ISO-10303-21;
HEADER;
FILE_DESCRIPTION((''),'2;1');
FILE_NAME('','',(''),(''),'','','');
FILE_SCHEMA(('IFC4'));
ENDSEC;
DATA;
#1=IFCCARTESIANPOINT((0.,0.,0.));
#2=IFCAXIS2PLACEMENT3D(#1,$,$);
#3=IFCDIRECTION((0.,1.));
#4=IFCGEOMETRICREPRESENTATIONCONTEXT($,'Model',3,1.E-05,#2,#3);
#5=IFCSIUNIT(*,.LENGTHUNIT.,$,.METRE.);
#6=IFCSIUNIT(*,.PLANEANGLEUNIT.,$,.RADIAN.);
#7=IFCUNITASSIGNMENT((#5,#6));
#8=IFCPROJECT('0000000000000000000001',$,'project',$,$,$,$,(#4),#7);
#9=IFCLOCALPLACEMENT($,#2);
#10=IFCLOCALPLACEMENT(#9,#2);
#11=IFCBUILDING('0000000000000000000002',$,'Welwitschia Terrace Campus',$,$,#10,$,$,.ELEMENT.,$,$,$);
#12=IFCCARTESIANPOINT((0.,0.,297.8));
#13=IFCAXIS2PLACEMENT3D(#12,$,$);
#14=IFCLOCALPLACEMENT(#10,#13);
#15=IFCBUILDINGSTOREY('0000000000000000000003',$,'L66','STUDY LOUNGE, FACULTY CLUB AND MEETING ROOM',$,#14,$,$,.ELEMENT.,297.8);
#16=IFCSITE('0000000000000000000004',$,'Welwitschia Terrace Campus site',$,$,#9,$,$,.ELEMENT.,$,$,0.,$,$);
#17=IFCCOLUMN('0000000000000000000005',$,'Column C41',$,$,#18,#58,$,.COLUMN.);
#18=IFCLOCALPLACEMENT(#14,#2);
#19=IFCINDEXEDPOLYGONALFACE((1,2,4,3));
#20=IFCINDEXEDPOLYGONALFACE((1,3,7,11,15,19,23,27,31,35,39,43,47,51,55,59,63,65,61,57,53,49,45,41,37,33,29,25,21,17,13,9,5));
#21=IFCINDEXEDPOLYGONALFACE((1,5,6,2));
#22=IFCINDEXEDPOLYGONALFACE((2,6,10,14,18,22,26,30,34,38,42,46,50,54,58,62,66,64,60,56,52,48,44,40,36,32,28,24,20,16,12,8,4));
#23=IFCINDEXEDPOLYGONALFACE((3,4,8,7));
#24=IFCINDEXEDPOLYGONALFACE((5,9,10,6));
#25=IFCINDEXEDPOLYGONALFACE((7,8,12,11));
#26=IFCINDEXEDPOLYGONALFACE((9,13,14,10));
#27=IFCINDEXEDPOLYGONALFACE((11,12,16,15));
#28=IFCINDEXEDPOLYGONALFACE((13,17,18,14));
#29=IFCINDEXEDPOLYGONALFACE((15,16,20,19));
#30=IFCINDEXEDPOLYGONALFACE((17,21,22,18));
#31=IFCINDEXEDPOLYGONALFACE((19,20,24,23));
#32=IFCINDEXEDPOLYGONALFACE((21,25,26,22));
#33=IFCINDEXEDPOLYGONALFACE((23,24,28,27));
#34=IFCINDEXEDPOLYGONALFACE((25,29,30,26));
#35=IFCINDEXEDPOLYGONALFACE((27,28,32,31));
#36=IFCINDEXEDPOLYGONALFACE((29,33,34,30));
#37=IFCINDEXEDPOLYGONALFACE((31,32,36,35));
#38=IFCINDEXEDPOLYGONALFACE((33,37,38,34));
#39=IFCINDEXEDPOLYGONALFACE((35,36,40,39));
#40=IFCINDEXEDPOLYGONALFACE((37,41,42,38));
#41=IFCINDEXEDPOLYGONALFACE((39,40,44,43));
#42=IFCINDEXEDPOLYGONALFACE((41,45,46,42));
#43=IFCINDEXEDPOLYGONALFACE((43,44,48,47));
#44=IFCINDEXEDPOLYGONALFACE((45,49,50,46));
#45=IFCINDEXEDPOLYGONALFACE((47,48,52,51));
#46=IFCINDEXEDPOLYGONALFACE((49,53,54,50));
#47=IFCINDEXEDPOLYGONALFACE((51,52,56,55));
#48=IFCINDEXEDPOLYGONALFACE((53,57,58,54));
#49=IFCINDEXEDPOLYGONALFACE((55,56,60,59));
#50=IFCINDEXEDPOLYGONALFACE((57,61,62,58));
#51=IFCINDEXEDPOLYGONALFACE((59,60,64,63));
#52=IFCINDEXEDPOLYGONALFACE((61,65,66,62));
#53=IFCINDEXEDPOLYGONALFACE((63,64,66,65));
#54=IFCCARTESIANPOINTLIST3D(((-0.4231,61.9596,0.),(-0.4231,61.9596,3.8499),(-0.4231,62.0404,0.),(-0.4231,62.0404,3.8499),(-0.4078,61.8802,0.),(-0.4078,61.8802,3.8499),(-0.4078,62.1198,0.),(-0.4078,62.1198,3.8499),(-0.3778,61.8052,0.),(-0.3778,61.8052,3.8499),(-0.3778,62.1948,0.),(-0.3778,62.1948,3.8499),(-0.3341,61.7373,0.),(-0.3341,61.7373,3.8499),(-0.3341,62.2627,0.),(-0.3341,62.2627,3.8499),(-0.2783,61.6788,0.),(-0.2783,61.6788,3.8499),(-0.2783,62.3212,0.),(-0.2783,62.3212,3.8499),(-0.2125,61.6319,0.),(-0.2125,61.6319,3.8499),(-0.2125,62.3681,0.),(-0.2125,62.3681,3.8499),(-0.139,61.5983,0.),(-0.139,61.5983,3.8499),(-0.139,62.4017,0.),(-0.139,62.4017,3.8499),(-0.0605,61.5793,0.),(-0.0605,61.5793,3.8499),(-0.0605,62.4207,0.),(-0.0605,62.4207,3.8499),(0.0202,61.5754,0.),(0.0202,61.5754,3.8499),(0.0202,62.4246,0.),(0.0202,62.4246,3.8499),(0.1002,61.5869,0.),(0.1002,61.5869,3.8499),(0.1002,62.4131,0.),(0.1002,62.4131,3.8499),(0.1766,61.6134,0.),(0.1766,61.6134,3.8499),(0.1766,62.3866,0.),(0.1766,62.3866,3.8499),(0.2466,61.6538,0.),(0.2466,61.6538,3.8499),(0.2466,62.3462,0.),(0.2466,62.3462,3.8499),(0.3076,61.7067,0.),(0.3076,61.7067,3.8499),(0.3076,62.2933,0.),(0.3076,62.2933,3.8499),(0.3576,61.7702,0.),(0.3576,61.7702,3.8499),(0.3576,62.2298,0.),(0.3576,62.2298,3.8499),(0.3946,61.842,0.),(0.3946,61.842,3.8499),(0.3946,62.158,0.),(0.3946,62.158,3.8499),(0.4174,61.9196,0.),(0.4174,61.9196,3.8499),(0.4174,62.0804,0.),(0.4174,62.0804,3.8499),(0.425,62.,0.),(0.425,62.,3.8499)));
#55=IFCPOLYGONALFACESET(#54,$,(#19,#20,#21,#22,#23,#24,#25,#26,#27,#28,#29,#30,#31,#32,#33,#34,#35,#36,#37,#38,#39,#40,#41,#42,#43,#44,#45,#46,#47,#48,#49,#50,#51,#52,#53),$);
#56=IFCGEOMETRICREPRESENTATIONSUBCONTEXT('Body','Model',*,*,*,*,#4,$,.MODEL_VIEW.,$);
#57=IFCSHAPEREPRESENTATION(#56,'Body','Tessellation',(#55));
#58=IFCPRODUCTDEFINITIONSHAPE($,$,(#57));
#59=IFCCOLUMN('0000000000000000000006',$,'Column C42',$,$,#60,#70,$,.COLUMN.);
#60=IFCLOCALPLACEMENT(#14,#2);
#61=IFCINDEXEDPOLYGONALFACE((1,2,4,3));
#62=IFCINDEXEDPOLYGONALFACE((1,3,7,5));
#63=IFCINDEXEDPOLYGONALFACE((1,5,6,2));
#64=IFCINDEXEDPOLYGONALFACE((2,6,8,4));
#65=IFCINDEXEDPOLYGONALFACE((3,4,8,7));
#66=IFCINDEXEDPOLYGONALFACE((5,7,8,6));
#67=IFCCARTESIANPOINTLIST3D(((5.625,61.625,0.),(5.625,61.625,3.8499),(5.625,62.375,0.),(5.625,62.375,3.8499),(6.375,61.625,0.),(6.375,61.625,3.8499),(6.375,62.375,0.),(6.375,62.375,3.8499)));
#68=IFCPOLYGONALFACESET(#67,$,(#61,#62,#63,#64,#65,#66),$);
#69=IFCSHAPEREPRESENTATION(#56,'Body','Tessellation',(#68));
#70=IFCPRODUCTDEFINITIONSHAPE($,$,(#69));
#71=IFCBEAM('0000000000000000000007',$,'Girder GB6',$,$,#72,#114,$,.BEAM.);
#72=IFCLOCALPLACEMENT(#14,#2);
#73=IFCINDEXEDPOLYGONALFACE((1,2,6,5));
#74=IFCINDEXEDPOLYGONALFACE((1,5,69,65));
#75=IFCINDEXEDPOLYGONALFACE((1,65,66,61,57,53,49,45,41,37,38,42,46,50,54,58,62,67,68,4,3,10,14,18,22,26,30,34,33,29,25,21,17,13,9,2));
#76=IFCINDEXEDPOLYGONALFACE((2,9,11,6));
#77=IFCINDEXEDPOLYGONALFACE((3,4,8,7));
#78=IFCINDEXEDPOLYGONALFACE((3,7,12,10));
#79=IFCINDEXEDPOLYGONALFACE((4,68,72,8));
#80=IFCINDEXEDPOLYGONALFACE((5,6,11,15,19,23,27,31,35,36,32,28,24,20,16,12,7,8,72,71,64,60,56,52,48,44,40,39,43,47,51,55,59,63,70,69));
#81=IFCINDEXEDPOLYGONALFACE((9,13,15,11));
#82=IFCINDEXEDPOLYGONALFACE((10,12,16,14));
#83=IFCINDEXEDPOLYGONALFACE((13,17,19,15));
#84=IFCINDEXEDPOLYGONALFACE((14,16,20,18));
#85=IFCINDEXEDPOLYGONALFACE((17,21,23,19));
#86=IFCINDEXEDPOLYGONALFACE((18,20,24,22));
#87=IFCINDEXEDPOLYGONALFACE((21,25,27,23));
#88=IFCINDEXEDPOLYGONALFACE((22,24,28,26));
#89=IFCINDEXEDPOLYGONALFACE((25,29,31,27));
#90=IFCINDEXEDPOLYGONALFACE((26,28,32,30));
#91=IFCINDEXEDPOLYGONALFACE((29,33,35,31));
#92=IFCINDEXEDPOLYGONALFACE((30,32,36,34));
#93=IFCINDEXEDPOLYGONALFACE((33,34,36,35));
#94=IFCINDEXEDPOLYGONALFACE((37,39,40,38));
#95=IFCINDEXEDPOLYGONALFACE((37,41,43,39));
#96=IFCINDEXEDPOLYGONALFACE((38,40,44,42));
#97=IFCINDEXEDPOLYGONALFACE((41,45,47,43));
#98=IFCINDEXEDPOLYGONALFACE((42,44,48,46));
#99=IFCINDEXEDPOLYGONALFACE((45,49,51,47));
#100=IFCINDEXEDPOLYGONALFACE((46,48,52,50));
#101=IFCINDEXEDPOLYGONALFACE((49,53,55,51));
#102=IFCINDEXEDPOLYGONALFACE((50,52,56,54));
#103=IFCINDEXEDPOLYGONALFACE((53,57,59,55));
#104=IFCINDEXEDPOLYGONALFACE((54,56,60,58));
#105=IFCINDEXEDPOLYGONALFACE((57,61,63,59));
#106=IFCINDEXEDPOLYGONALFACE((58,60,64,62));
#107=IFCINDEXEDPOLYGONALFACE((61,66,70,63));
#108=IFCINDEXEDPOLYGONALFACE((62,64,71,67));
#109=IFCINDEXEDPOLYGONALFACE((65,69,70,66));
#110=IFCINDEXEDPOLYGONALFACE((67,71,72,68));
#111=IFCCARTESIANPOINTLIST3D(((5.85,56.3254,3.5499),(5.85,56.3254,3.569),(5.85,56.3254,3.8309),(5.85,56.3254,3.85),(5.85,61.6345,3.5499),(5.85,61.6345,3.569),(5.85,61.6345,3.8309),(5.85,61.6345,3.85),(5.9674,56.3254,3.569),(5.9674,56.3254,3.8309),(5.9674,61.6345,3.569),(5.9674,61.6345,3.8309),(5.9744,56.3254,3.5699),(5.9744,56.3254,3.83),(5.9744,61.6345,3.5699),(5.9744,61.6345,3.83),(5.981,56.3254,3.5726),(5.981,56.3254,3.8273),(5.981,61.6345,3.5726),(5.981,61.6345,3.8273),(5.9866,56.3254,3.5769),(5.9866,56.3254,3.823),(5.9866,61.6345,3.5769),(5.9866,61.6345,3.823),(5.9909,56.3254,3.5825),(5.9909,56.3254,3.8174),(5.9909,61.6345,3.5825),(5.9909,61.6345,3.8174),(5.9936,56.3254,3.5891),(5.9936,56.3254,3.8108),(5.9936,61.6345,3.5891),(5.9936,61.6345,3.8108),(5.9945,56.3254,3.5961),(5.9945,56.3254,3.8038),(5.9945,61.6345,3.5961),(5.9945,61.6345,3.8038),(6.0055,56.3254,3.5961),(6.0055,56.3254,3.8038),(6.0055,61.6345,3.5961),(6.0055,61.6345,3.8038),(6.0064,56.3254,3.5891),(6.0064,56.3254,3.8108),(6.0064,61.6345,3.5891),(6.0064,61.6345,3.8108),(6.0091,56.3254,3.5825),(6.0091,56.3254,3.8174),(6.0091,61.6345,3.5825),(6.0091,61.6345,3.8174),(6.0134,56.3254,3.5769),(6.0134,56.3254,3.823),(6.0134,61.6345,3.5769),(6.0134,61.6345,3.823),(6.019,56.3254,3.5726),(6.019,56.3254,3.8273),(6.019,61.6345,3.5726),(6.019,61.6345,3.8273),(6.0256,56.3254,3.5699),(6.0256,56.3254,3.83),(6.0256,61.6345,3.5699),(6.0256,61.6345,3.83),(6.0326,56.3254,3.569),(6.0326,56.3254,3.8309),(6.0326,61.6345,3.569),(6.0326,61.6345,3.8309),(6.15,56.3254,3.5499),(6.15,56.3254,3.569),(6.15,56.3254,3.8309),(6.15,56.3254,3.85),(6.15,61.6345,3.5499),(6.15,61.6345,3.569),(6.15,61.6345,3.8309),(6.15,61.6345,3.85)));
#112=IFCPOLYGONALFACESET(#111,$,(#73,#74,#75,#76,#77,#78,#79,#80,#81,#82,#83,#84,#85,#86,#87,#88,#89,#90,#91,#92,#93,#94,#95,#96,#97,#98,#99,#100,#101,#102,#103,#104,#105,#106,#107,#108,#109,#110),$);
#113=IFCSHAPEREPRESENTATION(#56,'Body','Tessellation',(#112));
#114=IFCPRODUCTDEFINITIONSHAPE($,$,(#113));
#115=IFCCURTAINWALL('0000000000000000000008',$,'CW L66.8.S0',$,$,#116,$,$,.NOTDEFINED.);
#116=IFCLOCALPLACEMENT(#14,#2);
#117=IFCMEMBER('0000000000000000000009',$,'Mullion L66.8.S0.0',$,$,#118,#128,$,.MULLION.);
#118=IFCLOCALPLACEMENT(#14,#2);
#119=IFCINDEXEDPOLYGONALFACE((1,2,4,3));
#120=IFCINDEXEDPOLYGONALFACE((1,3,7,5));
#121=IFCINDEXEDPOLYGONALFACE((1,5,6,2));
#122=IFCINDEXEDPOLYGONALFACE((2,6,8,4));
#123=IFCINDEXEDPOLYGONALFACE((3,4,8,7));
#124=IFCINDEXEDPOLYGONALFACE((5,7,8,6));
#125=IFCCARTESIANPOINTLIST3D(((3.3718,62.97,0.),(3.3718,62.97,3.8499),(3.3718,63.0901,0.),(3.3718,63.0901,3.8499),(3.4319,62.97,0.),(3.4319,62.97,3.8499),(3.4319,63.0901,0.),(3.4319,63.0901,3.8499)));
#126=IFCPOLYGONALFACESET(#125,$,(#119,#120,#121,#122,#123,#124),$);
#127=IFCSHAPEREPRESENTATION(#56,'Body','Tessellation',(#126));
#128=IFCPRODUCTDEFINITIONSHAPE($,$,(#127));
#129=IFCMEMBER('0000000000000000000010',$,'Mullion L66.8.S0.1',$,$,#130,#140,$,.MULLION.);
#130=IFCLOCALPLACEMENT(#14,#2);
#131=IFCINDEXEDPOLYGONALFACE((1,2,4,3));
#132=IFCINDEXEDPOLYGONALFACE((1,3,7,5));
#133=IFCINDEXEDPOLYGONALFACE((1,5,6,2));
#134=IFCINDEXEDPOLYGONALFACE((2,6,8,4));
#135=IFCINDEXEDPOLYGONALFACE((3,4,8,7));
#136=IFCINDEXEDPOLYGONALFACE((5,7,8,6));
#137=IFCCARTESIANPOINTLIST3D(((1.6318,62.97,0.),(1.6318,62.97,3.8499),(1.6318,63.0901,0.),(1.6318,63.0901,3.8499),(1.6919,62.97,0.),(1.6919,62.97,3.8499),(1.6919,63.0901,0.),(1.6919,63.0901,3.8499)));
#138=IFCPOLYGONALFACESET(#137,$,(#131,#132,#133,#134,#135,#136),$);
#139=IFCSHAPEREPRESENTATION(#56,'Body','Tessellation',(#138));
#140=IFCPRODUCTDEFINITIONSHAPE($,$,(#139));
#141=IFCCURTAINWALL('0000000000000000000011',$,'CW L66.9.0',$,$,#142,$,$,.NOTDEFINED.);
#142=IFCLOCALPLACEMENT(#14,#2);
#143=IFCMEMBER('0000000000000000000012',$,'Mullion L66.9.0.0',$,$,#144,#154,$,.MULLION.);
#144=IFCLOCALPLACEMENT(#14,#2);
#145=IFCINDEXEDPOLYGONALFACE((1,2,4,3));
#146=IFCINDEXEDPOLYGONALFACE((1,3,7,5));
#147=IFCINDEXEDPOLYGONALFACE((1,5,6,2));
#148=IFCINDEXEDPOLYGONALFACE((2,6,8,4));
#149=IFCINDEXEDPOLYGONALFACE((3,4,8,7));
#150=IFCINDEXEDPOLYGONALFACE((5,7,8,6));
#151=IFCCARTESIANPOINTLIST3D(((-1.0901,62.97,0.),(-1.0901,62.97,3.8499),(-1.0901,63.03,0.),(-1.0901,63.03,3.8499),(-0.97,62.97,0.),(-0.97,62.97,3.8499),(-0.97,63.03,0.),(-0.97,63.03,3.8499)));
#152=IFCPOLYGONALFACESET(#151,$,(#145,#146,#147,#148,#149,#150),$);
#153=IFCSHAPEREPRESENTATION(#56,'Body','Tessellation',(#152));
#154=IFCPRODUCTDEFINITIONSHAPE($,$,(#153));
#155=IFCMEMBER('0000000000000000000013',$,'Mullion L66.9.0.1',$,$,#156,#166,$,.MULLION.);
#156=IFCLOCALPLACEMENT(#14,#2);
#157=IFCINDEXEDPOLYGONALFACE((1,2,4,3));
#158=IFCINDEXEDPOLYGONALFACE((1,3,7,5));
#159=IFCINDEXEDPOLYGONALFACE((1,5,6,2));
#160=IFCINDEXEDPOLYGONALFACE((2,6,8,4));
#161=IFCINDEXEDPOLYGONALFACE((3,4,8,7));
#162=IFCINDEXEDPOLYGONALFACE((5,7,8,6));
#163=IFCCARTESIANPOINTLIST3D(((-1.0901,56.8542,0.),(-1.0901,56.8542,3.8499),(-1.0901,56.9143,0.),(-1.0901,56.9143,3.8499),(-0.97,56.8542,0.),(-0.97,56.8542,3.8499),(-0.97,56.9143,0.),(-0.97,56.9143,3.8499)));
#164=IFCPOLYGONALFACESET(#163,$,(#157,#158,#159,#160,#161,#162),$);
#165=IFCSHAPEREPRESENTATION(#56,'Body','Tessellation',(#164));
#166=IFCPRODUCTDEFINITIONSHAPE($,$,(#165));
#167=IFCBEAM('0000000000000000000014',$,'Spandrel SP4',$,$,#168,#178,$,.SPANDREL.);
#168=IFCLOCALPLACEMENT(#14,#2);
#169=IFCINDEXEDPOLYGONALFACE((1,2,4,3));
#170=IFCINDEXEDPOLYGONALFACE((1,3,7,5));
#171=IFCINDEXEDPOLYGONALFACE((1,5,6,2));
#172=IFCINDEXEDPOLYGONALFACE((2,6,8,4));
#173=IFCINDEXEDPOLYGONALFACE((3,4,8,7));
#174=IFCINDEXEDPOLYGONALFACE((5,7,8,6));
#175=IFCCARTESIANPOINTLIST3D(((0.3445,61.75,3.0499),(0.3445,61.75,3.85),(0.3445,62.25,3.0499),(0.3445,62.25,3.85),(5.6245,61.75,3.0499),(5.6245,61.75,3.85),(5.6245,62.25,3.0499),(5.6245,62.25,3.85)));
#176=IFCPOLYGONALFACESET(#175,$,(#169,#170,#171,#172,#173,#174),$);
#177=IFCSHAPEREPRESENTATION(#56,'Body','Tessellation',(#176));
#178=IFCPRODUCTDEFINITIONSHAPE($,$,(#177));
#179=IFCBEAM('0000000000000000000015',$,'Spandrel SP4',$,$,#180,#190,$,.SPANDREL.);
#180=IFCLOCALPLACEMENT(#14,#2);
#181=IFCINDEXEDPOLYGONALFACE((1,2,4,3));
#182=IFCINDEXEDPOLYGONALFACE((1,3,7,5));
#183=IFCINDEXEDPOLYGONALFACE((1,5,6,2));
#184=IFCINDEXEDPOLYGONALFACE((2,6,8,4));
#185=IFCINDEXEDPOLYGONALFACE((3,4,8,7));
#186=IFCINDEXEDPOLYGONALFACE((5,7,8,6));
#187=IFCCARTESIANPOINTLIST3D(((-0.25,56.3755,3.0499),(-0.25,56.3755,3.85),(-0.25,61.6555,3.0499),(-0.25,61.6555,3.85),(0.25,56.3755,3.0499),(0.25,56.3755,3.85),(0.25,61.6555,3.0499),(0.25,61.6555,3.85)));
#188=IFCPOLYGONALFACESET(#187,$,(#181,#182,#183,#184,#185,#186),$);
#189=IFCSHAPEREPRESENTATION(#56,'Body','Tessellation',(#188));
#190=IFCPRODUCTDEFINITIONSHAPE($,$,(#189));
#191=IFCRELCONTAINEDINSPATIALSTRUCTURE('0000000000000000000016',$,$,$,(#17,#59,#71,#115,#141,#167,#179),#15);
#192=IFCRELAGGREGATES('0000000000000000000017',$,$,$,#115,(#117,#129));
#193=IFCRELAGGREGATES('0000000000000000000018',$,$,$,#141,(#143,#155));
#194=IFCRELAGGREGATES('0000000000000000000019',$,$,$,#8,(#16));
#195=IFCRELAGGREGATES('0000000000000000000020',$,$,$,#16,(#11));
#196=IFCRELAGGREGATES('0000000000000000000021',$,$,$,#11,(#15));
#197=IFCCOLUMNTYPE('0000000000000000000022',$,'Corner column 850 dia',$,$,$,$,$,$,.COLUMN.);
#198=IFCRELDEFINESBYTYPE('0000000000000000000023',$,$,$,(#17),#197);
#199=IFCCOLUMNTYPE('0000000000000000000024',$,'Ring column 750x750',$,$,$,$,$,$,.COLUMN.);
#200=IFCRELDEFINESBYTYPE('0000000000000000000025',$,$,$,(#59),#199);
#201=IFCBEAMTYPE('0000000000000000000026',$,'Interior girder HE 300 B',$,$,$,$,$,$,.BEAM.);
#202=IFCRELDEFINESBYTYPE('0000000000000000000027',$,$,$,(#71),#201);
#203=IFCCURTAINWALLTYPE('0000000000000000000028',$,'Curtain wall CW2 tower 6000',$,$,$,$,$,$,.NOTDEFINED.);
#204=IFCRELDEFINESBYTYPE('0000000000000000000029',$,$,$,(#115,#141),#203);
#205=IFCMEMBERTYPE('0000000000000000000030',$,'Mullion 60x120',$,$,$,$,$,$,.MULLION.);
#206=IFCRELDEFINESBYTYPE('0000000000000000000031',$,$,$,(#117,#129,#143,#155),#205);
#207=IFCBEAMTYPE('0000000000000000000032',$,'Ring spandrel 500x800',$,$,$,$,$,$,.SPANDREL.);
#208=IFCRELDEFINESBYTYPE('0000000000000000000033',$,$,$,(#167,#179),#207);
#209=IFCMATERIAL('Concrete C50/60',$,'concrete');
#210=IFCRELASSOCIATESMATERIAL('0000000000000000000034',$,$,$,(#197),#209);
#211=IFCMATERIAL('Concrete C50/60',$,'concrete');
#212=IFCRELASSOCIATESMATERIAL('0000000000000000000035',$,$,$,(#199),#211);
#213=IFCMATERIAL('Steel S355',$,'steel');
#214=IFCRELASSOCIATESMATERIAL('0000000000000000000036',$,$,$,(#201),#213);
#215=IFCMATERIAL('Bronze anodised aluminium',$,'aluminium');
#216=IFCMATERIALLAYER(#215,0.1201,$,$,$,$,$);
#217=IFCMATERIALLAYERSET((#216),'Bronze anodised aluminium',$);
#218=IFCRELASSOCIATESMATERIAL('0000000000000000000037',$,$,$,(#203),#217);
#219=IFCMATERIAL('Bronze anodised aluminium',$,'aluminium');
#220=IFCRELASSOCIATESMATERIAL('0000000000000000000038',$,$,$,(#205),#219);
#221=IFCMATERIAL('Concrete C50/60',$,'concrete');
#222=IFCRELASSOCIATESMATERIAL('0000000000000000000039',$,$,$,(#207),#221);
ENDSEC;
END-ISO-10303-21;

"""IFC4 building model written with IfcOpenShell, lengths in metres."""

from ifc_helpers import new_model, si_unit, direction, frame, origin, origin_2d, place, context, subcontext, project, spatial, rectangle, circle, i_section, extrude, material, layer, layer_set, material_profile, profile_set, type_object, element, aggregate, save


model = new_model("IFC4")

# Units and contexts
model_context = context("Model", 3, precision=1e-05, world=origin(), true_north=direction((0.0, 1.0)))
body_context = subcontext(model_context, "Body", "Model", "MODEL_VIEW")
ifc_project = project(units=[si_unit("LENGTHUNIT", "METRE"), si_unit("PLANEANGLEUNIT", "RADIAN")], contexts=[model_context])

# Site, building, storey
site_placement = place(None, origin())
site = spatial("IfcSite", under=ifc_project, at=site_placement, Name="Welwitschia Terrace Campus site", CompositionType="ELEMENT", RefElevation=0.0)
building_placement = place(site_placement, origin())
building = spatial("IfcBuilding", under=site, at=building_placement, Name="Welwitschia Terrace Campus", CompositionType="ELEMENT")
storey_placement = place(building_placement, frame((0.0, 0.0, 297.8)))
storey = spatial("IfcBuildingStorey", under=building, at=storey_placement, Name="L66", Description="STUDY LOUNGE, FACULTY CLUB AND MEETING ROOM", CompositionType="ELEMENT", Elevation=297.8)

# Columns
ifc_material_1 = material(Name="Concrete C50/60", Category="concrete")
ifc_material_profile_1 = material_profile(ifc_material_1, circle(Radius=0.425, at=origin_2d()))
ifc_profile_set_1 = profile_set([ifc_material_profile_1], Name="Concrete C50/60")
column_type_1 = type_object("IfcColumnType", Name="Corner column 850 dia", PredefinedType="COLUMN", material=ifc_profile_set_1)
column_1_placement = place(storey_placement, frame((0.0, 62.0, 0.0), z_axis=(0.0, 0.0, 1.0), x_axis=(1.0, 0.0, 0.0)))
element("IfcColumn", 1, at=column_1_placement, inside=storey, type_object=column_type_1, Name="Column C41", PredefinedType="COLUMN", context=body_context, shape_type="SweptSolid", body=[
    extrude(circle(Radius=0.425, at=origin_2d()), origin(), (0.0, 0.0, 1.0), 3.8499),
])
ifc_material_2 = material(Name="Concrete C50/60", Category="concrete")
ifc_material_profile_2 = material_profile(ifc_material_2, rectangle(XDim=0.75, YDim=0.75, at=origin_2d()))
ifc_profile_set_2 = profile_set([ifc_material_profile_2], Name="Concrete C50/60")
column_type_2 = type_object("IfcColumnType", Name="Ring column 750x750", PredefinedType="COLUMN", material=ifc_profile_set_2)
column_2_placement = place(storey_placement, frame((6.0, 62.0, 0.0), z_axis=(0.0, 0.0, 1.0), x_axis=(1.0, 0.0, 0.0)))
element("IfcColumn", 2, at=column_2_placement, inside=storey, type_object=column_type_2, Name="Column C42", PredefinedType="COLUMN", context=body_context, shape_type="SweptSolid", body=[
    extrude(rectangle(XDim=0.75, YDim=0.75, at=origin_2d()), origin(), (0.0, 0.0, 1.0), 3.8499),
])

# Beam
ifc_material_3 = material(Name="Steel S355", Category="steel")
ifc_material_profile_3 = material_profile(ifc_material_3, i_section(OverallWidth=0.3, OverallDepth=0.3, WebThickness=0.011, FlangeThickness=0.019, FilletRadius=0.0271, at=origin_2d()))
ifc_profile_set_3 = profile_set([ifc_material_profile_3], Name="Steel S355")
beam_type_1 = type_object("IfcBeamType", Name="Interior girder HE 300 B", PredefinedType="BEAM", material=ifc_profile_set_3)
beam_placement = place(storey_placement, frame((6.0, 56.3254, 3.7), z_axis=(0.0, 1.0, 0.0), x_axis=(-1.0, 0.0, 0.0)))
element("IfcBeam", 3, at=beam_placement, inside=storey, type_object=beam_type_1, Name="Girder GB6", PredefinedType="BEAM", context=body_context, shape_type="SweptSolid", body=[
    extrude(i_section(OverallWidth=0.3, OverallDepth=0.3, WebThickness=0.011, FlangeThickness=0.019, FilletRadius=0.0271, at=origin_2d()), origin(), (0.0, 0.0, 1.0), 5.3091),
])

# Curtain walls, members
ifc_material_4 = material(Name="Bronze anodised aluminium", Category="aluminium")
ifc_layer_1 = layer(ifc_material_4, 0.1201)
ifc_layer_set_1 = layer_set([ifc_layer_1], Name="Bronze anodised aluminium")
curtain_wall_type = type_object("IfcCurtainWallType", Name="Curtain wall CW2 tower 6000", PredefinedType="NOTDEFINED", material=ifc_layer_set_1)
curtain_wall_1_placement = place(storey_placement, origin())
curtain_wall_1 = element("IfcCurtainWall", 4, at=curtain_wall_1_placement, inside=storey, type_object=curtain_wall_type, Name="CW L66.8.S0", PredefinedType="NOTDEFINED")
ifc_material_5 = material(Name="Bronze anodised aluminium", Category="aluminium")
ifc_material_profile_4 = material_profile(ifc_material_5, rectangle(XDim=0.1201, YDim=0.0601, at=origin_2d()))
ifc_profile_set_4 = profile_set([ifc_material_profile_4], Name="Bronze anodised aluminium")
member_type_1 = type_object("IfcMemberType", Name="Mullion 60x120", PredefinedType="MULLION", material=ifc_profile_set_4)
member_1_placement = place(storey_placement, frame((3.4019, 63.03, 0.0), z_axis=(0.0, 0.0, 1.0), x_axis=(0.0, -1.0, 0.0)))
member_1 = element("IfcMember", 5, at=member_1_placement, type_object=member_type_1, Name="Mullion L66.8.S0.0", PredefinedType="MULLION", context=body_context, shape_type="SweptSolid", body=[
    extrude(rectangle(XDim=0.1201, YDim=0.0601, at=origin_2d()), origin(), (0.0, 0.0, 1.0), 3.8499),
])
member_2_placement = place(storey_placement, frame((1.6619, 63.03, 0.0), z_axis=(0.0, 0.0, 1.0), x_axis=(0.0, -1.0, 0.0)))
member_2 = element("IfcMember", 6, at=member_2_placement, type_object=member_type_1, Name="Mullion L66.8.S0.1", PredefinedType="MULLION", context=body_context, shape_type="SweptSolid", body=[
    extrude(rectangle(XDim=0.1201, YDim=0.0601, at=origin_2d()), origin(), (0.0, 0.0, 1.0), 3.8499),
])
curtain_wall_2_placement = place(storey_placement, origin())
curtain_wall_2 = element("IfcCurtainWall", 7, at=curtain_wall_2_placement, inside=storey, type_object=curtain_wall_type, Name="CW L66.9.0", PredefinedType="NOTDEFINED")
member_3_placement = place(storey_placement, frame((-1.03, 63.0, 0.0), z_axis=(0.0, 0.0, 1.0), x_axis=(1.0, 0.0, 0.0)))
member_3 = element("IfcMember", 8, at=member_3_placement, type_object=member_type_1, Name="Mullion L66.9.0.0", PredefinedType="MULLION", context=body_context, shape_type="SweptSolid", body=[
    extrude(rectangle(XDim=0.1201, YDim=0.0601, at=origin_2d()), origin(), (0.0, 0.0, 1.0), 3.8499),
])
member_4_placement = place(storey_placement, frame((-1.03, 56.8843, 0.0), z_axis=(0.0, 0.0, 1.0), x_axis=(1.0, 0.0, 0.0)))
member_4 = element("IfcMember", 9, at=member_4_placement, type_object=member_type_1, Name="Mullion L66.9.0.1", PredefinedType="MULLION", context=body_context, shape_type="SweptSolid", body=[
    extrude(rectangle(XDim=0.1201, YDim=0.0601, at=origin_2d()), origin(), (0.0, 0.0, 1.0), 3.8499),
])

# Beams
ifc_material_6 = material(Name="Concrete C50/60", Category="concrete")
ifc_material_profile_5 = material_profile(ifc_material_6, rectangle(XDim=0.5, YDim=0.8, at=origin_2d()))
ifc_profile_set_5 = profile_set([ifc_material_profile_5], Name="Concrete C50/60")
beam_type_2 = type_object("IfcBeamType", Name="Ring spandrel 500x800", PredefinedType="SPANDREL", material=ifc_profile_set_5)
for number, where, z_axis, x_axis, name in (
    (10, (5.6245, 62.0, 3.45), (-1.0, 0.0, 0.0), (0.0, -1.0, 0.0), "Spandrel SP4"),
    (11, (0.0, 61.6555, 3.45), (0.0, -1.0, 0.0), (1.0, 0.0, 0.0), "Spandrel SP4"),
):
    element("IfcBeam", number, at=place(storey_placement, frame(where, z_axis=z_axis, x_axis=x_axis)), inside=storey, type_object=beam_type_2, Name=name, PredefinedType="SPANDREL", context=body_context, shape_type="SweptSolid", body=[
        extrude(rectangle(XDim=0.5, YDim=0.8, at=origin_2d()), origin(), (0.0, 0.0, 1.0), 5.28),
    ])

aggregate(curtain_wall_1, [member_1, member_2])
aggregate(curtain_wall_2, [member_3, member_4])

save(model, "model.ifc")
